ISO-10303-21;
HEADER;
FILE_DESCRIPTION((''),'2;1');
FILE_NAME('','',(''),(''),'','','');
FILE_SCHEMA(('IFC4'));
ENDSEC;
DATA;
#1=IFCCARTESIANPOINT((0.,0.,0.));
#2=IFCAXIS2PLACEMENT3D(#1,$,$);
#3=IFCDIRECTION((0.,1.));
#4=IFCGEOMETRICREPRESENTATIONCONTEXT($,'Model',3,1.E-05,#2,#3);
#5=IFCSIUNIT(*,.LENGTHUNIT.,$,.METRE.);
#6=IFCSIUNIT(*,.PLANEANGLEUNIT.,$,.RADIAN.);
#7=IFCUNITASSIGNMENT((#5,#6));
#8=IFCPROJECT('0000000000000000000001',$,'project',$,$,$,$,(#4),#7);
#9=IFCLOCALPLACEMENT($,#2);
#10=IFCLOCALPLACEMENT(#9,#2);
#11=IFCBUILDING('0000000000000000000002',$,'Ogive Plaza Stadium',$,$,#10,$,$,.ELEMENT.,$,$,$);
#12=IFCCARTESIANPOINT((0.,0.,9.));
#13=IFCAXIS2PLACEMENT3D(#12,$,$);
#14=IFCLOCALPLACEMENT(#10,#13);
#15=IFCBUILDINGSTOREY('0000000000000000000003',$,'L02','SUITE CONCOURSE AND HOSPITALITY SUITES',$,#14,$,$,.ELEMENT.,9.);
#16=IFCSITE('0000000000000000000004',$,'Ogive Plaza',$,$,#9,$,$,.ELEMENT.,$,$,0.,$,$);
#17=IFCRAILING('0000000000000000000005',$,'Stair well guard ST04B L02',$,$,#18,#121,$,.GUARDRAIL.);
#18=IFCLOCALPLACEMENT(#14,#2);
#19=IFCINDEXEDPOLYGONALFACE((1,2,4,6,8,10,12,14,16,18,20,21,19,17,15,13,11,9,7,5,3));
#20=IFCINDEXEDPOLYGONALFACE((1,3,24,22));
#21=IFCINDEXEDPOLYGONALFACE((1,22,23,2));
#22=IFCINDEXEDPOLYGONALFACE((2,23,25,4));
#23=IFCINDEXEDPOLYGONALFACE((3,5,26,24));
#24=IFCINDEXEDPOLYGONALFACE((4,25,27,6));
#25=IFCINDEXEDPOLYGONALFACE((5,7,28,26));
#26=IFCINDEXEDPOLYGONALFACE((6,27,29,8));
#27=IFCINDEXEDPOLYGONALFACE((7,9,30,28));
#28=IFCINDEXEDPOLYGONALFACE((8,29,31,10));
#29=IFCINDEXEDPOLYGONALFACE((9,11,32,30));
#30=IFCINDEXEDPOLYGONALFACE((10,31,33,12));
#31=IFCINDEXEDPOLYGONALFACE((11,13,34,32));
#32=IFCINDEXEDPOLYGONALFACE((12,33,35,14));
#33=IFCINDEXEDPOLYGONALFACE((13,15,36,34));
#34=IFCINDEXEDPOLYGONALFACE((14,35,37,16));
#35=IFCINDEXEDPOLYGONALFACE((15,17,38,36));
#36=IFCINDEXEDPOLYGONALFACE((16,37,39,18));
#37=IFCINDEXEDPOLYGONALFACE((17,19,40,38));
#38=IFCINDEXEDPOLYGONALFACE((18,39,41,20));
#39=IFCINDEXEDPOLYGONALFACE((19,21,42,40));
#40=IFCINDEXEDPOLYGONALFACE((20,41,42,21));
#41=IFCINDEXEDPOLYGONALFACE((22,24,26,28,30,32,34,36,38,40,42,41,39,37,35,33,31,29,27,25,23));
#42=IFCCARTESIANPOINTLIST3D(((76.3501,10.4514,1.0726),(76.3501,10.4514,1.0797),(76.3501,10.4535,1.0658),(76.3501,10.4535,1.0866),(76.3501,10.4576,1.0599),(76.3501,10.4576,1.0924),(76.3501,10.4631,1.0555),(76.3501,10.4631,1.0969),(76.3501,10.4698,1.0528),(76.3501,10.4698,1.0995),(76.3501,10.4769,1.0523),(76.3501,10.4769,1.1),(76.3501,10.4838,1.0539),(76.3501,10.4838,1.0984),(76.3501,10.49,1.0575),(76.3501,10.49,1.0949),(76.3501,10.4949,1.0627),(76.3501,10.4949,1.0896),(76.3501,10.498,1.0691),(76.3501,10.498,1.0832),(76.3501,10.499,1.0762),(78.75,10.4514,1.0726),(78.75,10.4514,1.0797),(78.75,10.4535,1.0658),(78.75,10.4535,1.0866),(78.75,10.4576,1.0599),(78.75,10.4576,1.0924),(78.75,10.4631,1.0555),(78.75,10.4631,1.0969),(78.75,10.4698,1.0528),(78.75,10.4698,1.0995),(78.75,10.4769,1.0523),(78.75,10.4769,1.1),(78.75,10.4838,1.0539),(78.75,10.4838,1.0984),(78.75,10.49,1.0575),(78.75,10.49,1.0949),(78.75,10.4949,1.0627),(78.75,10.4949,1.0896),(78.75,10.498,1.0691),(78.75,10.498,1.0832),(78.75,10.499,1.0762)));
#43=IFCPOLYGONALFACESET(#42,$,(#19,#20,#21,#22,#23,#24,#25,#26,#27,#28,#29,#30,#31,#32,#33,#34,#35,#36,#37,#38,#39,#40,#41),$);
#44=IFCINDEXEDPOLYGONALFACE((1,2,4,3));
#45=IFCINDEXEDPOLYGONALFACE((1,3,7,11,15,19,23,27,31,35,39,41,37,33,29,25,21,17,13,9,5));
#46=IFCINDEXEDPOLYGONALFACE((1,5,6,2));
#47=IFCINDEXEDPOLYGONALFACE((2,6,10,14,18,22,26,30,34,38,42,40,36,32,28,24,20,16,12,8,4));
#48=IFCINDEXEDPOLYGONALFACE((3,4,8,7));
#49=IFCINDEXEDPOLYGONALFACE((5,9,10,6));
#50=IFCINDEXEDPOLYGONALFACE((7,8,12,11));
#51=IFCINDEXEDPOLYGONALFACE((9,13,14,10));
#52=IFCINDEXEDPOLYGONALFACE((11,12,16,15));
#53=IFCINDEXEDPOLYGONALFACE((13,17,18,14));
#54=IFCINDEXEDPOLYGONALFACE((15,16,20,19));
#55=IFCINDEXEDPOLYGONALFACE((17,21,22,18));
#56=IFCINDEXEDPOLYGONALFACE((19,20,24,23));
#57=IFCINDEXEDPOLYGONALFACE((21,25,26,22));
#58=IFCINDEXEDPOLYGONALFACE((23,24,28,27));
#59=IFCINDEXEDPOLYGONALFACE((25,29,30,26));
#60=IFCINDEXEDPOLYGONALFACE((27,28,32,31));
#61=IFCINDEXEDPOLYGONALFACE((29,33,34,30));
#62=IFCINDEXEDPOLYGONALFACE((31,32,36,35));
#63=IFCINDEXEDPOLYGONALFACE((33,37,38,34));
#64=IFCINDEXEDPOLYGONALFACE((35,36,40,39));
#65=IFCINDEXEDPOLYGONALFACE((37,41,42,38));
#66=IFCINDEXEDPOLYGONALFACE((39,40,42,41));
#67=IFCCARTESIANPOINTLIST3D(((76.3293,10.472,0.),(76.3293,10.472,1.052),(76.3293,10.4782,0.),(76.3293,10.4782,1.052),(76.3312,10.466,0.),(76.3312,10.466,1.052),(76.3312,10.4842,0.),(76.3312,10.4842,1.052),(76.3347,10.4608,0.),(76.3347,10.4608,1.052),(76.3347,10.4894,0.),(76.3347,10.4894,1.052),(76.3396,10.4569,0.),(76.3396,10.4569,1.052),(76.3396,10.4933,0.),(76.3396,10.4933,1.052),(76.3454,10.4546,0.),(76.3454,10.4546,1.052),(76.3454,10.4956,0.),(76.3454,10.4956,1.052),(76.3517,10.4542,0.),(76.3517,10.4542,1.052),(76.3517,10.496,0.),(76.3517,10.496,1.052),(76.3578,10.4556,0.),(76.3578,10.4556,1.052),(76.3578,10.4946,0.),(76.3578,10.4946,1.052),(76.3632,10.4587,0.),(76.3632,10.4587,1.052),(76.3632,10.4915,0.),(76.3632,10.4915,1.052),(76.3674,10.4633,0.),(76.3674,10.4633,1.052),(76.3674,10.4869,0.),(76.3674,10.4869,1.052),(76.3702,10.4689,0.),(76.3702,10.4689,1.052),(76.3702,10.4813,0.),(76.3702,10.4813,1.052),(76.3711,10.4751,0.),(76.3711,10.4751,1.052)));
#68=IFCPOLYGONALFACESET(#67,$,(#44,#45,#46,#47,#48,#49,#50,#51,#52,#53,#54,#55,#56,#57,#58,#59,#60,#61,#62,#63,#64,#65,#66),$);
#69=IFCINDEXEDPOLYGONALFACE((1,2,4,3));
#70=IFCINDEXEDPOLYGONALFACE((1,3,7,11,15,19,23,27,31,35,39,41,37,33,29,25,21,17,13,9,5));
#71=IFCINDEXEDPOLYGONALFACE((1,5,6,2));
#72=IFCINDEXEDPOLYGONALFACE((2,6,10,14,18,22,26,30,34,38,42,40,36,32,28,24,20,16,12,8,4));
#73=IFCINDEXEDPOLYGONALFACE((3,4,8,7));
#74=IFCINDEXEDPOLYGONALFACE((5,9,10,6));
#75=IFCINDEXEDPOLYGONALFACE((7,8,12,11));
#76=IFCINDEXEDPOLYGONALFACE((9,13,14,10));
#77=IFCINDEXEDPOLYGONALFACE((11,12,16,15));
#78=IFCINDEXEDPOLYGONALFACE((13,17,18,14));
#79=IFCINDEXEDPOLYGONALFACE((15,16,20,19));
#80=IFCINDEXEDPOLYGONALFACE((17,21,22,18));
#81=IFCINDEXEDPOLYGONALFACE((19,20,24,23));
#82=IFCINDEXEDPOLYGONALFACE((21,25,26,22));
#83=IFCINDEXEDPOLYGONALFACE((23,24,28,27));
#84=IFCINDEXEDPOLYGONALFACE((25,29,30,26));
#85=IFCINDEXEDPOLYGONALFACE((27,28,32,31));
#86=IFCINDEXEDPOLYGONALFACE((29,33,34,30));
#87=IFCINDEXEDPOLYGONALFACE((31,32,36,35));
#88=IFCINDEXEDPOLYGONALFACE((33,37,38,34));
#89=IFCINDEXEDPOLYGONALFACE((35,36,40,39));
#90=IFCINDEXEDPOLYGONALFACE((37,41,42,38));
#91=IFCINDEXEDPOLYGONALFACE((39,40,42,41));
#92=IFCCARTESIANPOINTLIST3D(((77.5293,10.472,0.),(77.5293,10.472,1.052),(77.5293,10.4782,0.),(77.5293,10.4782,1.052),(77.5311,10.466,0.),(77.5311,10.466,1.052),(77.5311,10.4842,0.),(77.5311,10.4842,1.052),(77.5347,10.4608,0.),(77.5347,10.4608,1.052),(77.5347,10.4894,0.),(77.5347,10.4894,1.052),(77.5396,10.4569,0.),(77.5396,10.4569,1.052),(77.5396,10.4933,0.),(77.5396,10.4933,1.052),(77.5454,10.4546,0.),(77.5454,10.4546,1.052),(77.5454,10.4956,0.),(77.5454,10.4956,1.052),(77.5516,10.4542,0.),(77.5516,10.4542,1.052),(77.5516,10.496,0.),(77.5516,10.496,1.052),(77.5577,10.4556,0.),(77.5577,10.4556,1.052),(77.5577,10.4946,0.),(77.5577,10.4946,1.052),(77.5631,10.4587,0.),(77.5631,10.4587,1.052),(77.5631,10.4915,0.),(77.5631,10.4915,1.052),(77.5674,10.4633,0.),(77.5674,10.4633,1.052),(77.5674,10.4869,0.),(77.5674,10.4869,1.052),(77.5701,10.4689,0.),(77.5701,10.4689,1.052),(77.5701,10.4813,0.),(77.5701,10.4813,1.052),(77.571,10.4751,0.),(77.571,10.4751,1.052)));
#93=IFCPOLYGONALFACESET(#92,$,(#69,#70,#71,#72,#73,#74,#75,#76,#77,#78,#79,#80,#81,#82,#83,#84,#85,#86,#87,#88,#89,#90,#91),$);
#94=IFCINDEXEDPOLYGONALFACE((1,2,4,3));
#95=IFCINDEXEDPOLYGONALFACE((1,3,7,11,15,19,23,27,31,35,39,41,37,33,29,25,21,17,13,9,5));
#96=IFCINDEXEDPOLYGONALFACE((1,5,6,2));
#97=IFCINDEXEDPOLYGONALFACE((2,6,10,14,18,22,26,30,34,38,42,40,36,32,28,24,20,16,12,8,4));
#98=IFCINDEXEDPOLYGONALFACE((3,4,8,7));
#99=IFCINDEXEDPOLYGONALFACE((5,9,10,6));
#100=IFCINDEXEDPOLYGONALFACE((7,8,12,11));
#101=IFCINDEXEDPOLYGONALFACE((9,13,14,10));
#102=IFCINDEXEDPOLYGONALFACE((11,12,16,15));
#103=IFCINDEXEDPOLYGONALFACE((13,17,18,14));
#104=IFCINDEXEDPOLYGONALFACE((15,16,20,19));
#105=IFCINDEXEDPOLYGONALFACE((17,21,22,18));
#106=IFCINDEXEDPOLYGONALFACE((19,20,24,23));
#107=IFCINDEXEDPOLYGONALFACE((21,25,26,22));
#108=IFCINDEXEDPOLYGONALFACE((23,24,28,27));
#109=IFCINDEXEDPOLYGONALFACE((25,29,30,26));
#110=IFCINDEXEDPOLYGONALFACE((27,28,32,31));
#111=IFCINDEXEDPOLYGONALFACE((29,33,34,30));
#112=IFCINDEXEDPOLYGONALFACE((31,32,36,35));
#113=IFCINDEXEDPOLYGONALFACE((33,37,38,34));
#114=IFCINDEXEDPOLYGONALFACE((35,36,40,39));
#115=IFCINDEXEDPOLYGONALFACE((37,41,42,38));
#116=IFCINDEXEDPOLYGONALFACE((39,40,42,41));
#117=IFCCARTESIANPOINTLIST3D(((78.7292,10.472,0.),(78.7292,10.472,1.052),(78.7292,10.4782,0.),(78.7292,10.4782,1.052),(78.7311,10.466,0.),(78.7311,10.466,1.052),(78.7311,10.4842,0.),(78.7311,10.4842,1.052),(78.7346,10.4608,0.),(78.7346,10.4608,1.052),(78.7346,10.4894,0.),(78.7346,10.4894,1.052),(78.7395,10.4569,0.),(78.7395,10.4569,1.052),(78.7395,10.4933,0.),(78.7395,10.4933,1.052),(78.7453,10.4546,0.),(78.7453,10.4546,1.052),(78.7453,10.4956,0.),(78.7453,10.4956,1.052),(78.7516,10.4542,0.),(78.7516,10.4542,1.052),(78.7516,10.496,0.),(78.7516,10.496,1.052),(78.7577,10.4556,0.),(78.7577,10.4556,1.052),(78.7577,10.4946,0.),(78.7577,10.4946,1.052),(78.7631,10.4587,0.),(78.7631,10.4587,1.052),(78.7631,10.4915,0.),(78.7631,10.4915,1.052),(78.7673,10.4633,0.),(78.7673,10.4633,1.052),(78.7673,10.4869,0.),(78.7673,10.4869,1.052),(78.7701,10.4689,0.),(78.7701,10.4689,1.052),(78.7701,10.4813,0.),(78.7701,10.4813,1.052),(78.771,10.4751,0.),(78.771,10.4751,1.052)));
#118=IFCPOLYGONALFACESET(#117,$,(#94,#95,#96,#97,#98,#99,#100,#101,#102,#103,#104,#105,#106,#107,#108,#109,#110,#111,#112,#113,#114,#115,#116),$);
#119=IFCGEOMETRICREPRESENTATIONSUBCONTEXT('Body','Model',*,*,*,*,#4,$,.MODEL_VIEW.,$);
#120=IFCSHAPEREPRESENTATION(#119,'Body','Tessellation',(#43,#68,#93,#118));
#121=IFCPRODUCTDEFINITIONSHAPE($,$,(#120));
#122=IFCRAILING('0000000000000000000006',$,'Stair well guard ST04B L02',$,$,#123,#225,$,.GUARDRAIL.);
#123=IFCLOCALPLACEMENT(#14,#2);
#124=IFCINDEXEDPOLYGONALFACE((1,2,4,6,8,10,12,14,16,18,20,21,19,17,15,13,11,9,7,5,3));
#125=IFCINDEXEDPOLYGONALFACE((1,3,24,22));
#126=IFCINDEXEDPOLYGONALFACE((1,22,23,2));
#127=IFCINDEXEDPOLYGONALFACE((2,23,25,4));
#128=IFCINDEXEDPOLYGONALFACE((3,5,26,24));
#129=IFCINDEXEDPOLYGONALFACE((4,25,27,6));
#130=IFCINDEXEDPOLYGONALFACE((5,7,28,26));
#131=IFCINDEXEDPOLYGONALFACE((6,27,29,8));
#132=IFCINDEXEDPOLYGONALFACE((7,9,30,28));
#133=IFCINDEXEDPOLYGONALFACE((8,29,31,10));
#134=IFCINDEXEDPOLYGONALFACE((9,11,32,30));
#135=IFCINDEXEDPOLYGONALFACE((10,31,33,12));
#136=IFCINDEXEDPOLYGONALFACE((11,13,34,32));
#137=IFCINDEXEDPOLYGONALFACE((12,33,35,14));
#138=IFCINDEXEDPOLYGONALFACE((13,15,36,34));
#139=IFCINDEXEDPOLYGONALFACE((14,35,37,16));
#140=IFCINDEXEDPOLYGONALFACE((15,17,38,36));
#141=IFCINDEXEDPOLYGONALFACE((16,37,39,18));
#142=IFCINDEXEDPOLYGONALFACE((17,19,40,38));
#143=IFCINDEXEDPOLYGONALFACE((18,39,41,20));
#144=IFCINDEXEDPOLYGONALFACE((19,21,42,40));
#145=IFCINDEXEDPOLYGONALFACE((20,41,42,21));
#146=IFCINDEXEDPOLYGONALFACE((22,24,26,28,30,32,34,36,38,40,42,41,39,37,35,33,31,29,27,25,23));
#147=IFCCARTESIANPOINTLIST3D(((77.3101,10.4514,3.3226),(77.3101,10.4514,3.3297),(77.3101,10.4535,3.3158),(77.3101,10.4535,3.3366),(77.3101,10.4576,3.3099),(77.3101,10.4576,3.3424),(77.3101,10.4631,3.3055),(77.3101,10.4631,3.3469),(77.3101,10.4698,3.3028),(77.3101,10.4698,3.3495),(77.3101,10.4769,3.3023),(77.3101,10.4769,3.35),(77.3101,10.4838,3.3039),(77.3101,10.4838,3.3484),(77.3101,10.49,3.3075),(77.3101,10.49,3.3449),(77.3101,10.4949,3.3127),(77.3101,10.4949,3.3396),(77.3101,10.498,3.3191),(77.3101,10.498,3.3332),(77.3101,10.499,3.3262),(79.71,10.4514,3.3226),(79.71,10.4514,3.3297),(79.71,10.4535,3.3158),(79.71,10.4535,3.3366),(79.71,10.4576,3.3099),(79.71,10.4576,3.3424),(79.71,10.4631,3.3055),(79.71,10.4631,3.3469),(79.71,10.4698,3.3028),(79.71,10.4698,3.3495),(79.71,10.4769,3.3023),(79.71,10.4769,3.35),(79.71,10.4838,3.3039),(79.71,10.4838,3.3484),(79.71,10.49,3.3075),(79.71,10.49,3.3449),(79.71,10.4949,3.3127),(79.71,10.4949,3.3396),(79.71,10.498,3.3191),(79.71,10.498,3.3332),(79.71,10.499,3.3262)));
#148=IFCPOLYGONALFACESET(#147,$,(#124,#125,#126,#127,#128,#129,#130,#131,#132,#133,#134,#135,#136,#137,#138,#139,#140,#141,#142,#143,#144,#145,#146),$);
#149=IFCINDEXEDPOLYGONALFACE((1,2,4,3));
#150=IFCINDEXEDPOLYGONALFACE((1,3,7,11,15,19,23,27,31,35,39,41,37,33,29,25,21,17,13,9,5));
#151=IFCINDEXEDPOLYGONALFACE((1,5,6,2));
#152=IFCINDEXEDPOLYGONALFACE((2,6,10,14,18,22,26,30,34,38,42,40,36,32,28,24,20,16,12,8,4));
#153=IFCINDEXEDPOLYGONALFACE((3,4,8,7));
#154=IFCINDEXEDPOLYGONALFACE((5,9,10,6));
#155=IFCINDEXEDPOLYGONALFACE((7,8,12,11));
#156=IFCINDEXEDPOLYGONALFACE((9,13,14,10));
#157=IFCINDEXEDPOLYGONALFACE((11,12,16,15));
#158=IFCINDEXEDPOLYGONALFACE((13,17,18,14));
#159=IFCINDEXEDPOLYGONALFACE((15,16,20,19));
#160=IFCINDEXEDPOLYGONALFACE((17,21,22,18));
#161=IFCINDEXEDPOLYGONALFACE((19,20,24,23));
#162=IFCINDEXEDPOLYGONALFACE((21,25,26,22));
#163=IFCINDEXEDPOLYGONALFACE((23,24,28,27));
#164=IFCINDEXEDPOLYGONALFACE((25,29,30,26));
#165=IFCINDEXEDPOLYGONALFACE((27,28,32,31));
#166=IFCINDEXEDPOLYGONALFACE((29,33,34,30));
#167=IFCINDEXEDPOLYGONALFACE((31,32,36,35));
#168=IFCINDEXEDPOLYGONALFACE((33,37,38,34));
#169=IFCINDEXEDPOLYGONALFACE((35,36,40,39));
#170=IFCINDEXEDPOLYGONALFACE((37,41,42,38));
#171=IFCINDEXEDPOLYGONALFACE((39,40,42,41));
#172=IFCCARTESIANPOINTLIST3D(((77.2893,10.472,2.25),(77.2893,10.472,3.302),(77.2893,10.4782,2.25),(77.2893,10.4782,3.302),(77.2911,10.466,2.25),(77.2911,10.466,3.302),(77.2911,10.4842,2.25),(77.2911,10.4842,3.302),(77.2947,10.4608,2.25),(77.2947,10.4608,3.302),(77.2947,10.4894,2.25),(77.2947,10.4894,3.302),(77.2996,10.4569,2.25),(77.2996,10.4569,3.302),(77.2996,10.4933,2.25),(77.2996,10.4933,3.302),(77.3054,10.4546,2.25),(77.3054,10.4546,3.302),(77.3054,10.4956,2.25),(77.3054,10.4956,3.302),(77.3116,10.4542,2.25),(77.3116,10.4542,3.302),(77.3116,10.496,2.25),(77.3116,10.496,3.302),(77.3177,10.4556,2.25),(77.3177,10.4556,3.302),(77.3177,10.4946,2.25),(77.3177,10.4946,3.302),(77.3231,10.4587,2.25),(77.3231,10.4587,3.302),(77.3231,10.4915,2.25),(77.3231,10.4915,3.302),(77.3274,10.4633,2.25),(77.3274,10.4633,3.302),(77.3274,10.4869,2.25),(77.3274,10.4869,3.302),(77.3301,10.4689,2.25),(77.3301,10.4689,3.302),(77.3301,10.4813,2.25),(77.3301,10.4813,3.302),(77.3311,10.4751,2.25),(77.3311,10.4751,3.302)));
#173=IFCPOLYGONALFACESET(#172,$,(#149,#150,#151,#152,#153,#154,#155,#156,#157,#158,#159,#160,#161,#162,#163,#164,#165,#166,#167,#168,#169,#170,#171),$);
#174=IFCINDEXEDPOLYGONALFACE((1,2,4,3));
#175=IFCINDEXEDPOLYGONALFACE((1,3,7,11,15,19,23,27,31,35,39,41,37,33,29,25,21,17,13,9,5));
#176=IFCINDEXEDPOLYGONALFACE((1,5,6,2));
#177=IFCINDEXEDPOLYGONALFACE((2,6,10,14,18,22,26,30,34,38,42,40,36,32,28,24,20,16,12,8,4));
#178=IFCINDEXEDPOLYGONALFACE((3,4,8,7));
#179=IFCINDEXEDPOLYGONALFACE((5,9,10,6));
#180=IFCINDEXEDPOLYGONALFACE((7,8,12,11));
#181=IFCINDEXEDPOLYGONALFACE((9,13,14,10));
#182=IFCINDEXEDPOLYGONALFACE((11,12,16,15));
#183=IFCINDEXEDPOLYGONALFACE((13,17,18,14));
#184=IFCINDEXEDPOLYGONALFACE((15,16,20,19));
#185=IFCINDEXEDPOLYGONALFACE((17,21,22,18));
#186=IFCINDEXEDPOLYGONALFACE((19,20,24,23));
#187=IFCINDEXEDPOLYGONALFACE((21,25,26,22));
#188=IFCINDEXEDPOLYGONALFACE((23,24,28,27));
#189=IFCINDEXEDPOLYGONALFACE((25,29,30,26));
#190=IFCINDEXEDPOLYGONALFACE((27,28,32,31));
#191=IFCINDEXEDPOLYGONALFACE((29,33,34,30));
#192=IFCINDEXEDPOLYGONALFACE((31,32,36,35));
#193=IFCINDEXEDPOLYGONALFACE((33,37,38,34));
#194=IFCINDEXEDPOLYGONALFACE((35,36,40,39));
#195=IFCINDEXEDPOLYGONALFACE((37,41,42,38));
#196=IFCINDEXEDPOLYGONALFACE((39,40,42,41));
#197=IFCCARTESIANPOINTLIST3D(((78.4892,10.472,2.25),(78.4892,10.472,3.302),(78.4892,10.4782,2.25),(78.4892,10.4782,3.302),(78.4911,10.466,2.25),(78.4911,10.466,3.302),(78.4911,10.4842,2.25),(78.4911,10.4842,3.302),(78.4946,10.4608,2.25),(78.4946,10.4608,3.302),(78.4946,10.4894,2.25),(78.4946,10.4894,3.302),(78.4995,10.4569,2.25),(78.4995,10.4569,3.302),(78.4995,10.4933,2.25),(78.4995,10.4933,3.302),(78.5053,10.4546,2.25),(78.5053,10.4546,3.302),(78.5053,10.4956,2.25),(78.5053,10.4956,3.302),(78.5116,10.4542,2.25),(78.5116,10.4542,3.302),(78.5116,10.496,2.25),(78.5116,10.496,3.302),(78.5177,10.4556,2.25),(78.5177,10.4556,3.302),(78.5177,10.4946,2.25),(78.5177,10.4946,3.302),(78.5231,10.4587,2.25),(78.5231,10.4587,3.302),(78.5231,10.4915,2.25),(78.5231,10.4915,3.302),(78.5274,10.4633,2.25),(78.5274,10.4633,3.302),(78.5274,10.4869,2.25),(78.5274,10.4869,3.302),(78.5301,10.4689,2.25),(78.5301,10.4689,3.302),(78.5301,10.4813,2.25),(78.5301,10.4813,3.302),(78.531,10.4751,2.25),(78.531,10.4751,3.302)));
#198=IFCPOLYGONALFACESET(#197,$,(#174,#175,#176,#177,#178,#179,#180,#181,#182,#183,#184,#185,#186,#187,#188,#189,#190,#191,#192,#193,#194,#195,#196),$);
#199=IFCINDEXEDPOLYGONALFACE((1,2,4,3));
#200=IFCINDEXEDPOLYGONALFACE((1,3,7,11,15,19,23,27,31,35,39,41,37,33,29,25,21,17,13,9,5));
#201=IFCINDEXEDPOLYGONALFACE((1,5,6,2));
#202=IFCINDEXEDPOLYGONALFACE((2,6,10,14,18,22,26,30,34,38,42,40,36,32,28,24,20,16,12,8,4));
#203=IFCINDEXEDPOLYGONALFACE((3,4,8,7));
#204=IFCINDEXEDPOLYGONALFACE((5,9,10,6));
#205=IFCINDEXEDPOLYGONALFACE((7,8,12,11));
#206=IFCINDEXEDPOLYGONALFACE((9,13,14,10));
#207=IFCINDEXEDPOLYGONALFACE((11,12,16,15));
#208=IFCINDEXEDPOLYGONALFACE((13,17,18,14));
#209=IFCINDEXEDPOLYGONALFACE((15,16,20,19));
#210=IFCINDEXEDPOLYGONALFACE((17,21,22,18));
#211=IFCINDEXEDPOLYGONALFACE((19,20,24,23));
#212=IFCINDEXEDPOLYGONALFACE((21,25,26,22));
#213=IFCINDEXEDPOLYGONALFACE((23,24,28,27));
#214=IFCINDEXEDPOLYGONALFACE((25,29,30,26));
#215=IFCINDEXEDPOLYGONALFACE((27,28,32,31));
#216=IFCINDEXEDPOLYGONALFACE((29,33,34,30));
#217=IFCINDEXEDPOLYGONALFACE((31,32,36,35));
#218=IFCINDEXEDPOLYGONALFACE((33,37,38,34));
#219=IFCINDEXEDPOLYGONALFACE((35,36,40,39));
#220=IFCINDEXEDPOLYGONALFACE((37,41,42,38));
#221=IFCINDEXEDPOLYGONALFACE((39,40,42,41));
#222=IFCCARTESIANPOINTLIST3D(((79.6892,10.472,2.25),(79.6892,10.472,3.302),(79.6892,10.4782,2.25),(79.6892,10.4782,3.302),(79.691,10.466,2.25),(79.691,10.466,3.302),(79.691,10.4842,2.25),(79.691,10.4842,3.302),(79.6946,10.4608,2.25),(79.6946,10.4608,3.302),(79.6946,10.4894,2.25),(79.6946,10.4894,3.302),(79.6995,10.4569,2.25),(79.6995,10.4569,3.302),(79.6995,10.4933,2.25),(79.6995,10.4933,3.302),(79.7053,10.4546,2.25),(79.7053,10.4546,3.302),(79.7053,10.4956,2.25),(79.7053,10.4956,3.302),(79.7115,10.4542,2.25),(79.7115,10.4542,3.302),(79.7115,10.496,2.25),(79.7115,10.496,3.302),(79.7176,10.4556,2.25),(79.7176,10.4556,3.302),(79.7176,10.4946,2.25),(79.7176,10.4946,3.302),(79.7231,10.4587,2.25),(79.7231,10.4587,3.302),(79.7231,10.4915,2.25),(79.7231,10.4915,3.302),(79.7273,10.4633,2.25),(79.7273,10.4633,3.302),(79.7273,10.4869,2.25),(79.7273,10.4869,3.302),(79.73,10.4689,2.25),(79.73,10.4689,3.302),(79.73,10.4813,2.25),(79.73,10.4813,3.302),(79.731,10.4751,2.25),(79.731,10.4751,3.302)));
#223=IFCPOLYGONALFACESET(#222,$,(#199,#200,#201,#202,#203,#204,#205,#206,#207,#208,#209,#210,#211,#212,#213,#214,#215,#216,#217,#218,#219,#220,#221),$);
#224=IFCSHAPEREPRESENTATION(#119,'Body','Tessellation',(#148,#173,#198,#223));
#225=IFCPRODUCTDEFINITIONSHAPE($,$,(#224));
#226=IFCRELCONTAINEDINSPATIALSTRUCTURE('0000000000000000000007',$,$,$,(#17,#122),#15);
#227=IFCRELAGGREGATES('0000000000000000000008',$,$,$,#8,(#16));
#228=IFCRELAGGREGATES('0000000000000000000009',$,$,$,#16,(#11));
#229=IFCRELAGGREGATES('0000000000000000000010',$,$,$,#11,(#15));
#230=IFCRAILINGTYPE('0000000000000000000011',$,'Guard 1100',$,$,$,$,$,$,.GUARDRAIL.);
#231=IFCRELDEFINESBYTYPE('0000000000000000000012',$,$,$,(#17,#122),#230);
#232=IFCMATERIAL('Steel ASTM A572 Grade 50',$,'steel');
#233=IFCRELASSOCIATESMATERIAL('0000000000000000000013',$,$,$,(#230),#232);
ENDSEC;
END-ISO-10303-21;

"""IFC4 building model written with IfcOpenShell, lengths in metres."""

from ifc_helpers import new_model, si_unit, direction, frame, origin, origin_2d, place, context, subcontext, project, spatial, circle, extrude, material, type_object, element, save


model = new_model("IFC4")

# Units and contexts
model_context = context("Model", 3, precision=1e-05, world=origin(), true_north=direction((0.0, 1.0)))
body_context = subcontext(model_context, "Body", "Model", "MODEL_VIEW")
ifc_project = project(units=[si_unit("LENGTHUNIT", "METRE"), si_unit("PLANEANGLEUNIT", "RADIAN")], contexts=[model_context])

# Site, building, storey
site_placement = place(None, origin())
site = spatial("IfcSite", under=ifc_project, at=site_placement, Name="Ogive Plaza", CompositionType="ELEMENT", RefElevation=0.0)
building_placement = place(site_placement, origin())
building = spatial("IfcBuilding", under=site, at=building_placement, Name="Ogive Plaza Stadium", CompositionType="ELEMENT")
storey_placement = place(building_placement, frame((0.0, 0.0, 9.0)))
storey = spatial("IfcBuildingStorey", under=building, at=storey_placement, Name="L02", Description="SUITE CONCOURSE AND HOSPITALITY SUITES", CompositionType="ELEMENT", Elevation=9.0)

# Railings
ifc_material_1 = material(Name="Steel ASTM A572 Grade 50", Category="steel")
railing_type_1 = type_object("IfcRailingType", Name="Guard 1100", PredefinedType="GUARDRAIL", material=ifc_material_1)
for number, where, name in (
    (1, (76.3501, 10.4751, 0.0), "Stair well guard ST04B L02"),
    (2, (77.3101, 10.4751, 2.25), "Stair well guard ST04B L02"),
):
    element("IfcRailing", number, at=place(storey_placement, frame(where)), inside=storey, type_object=railing_type_1, Name=name, PredefinedType="GUARDRAIL", context=body_context, shape_type="SweptSolid", body=[
        extrude(circle(Radius=0.0239, at=origin_2d()), frame((0.0, 0.0, 1.0762), z_axis=(1.0, 0.0, 0.0), x_axis=(0.0, 1.0, 0.0)), (0.0, 0.0, 1.0), 2.3999),
        extrude(circle(Radius=0.021, at=origin_2d()), origin(), (0.0, 0.0, 1.0), 1.052),
        extrude(circle(Radius=0.021, at=origin_2d()), frame((1.2, 0.0, 0.0)), (0.0, 0.0, 1.0), 1.052),
        extrude(circle(Radius=0.021, at=origin_2d()), frame((2.3999, 0.0, 0.0)), (0.0, 0.0, 1.0), 1.052),
    ])

save(model, "model.ifc")
